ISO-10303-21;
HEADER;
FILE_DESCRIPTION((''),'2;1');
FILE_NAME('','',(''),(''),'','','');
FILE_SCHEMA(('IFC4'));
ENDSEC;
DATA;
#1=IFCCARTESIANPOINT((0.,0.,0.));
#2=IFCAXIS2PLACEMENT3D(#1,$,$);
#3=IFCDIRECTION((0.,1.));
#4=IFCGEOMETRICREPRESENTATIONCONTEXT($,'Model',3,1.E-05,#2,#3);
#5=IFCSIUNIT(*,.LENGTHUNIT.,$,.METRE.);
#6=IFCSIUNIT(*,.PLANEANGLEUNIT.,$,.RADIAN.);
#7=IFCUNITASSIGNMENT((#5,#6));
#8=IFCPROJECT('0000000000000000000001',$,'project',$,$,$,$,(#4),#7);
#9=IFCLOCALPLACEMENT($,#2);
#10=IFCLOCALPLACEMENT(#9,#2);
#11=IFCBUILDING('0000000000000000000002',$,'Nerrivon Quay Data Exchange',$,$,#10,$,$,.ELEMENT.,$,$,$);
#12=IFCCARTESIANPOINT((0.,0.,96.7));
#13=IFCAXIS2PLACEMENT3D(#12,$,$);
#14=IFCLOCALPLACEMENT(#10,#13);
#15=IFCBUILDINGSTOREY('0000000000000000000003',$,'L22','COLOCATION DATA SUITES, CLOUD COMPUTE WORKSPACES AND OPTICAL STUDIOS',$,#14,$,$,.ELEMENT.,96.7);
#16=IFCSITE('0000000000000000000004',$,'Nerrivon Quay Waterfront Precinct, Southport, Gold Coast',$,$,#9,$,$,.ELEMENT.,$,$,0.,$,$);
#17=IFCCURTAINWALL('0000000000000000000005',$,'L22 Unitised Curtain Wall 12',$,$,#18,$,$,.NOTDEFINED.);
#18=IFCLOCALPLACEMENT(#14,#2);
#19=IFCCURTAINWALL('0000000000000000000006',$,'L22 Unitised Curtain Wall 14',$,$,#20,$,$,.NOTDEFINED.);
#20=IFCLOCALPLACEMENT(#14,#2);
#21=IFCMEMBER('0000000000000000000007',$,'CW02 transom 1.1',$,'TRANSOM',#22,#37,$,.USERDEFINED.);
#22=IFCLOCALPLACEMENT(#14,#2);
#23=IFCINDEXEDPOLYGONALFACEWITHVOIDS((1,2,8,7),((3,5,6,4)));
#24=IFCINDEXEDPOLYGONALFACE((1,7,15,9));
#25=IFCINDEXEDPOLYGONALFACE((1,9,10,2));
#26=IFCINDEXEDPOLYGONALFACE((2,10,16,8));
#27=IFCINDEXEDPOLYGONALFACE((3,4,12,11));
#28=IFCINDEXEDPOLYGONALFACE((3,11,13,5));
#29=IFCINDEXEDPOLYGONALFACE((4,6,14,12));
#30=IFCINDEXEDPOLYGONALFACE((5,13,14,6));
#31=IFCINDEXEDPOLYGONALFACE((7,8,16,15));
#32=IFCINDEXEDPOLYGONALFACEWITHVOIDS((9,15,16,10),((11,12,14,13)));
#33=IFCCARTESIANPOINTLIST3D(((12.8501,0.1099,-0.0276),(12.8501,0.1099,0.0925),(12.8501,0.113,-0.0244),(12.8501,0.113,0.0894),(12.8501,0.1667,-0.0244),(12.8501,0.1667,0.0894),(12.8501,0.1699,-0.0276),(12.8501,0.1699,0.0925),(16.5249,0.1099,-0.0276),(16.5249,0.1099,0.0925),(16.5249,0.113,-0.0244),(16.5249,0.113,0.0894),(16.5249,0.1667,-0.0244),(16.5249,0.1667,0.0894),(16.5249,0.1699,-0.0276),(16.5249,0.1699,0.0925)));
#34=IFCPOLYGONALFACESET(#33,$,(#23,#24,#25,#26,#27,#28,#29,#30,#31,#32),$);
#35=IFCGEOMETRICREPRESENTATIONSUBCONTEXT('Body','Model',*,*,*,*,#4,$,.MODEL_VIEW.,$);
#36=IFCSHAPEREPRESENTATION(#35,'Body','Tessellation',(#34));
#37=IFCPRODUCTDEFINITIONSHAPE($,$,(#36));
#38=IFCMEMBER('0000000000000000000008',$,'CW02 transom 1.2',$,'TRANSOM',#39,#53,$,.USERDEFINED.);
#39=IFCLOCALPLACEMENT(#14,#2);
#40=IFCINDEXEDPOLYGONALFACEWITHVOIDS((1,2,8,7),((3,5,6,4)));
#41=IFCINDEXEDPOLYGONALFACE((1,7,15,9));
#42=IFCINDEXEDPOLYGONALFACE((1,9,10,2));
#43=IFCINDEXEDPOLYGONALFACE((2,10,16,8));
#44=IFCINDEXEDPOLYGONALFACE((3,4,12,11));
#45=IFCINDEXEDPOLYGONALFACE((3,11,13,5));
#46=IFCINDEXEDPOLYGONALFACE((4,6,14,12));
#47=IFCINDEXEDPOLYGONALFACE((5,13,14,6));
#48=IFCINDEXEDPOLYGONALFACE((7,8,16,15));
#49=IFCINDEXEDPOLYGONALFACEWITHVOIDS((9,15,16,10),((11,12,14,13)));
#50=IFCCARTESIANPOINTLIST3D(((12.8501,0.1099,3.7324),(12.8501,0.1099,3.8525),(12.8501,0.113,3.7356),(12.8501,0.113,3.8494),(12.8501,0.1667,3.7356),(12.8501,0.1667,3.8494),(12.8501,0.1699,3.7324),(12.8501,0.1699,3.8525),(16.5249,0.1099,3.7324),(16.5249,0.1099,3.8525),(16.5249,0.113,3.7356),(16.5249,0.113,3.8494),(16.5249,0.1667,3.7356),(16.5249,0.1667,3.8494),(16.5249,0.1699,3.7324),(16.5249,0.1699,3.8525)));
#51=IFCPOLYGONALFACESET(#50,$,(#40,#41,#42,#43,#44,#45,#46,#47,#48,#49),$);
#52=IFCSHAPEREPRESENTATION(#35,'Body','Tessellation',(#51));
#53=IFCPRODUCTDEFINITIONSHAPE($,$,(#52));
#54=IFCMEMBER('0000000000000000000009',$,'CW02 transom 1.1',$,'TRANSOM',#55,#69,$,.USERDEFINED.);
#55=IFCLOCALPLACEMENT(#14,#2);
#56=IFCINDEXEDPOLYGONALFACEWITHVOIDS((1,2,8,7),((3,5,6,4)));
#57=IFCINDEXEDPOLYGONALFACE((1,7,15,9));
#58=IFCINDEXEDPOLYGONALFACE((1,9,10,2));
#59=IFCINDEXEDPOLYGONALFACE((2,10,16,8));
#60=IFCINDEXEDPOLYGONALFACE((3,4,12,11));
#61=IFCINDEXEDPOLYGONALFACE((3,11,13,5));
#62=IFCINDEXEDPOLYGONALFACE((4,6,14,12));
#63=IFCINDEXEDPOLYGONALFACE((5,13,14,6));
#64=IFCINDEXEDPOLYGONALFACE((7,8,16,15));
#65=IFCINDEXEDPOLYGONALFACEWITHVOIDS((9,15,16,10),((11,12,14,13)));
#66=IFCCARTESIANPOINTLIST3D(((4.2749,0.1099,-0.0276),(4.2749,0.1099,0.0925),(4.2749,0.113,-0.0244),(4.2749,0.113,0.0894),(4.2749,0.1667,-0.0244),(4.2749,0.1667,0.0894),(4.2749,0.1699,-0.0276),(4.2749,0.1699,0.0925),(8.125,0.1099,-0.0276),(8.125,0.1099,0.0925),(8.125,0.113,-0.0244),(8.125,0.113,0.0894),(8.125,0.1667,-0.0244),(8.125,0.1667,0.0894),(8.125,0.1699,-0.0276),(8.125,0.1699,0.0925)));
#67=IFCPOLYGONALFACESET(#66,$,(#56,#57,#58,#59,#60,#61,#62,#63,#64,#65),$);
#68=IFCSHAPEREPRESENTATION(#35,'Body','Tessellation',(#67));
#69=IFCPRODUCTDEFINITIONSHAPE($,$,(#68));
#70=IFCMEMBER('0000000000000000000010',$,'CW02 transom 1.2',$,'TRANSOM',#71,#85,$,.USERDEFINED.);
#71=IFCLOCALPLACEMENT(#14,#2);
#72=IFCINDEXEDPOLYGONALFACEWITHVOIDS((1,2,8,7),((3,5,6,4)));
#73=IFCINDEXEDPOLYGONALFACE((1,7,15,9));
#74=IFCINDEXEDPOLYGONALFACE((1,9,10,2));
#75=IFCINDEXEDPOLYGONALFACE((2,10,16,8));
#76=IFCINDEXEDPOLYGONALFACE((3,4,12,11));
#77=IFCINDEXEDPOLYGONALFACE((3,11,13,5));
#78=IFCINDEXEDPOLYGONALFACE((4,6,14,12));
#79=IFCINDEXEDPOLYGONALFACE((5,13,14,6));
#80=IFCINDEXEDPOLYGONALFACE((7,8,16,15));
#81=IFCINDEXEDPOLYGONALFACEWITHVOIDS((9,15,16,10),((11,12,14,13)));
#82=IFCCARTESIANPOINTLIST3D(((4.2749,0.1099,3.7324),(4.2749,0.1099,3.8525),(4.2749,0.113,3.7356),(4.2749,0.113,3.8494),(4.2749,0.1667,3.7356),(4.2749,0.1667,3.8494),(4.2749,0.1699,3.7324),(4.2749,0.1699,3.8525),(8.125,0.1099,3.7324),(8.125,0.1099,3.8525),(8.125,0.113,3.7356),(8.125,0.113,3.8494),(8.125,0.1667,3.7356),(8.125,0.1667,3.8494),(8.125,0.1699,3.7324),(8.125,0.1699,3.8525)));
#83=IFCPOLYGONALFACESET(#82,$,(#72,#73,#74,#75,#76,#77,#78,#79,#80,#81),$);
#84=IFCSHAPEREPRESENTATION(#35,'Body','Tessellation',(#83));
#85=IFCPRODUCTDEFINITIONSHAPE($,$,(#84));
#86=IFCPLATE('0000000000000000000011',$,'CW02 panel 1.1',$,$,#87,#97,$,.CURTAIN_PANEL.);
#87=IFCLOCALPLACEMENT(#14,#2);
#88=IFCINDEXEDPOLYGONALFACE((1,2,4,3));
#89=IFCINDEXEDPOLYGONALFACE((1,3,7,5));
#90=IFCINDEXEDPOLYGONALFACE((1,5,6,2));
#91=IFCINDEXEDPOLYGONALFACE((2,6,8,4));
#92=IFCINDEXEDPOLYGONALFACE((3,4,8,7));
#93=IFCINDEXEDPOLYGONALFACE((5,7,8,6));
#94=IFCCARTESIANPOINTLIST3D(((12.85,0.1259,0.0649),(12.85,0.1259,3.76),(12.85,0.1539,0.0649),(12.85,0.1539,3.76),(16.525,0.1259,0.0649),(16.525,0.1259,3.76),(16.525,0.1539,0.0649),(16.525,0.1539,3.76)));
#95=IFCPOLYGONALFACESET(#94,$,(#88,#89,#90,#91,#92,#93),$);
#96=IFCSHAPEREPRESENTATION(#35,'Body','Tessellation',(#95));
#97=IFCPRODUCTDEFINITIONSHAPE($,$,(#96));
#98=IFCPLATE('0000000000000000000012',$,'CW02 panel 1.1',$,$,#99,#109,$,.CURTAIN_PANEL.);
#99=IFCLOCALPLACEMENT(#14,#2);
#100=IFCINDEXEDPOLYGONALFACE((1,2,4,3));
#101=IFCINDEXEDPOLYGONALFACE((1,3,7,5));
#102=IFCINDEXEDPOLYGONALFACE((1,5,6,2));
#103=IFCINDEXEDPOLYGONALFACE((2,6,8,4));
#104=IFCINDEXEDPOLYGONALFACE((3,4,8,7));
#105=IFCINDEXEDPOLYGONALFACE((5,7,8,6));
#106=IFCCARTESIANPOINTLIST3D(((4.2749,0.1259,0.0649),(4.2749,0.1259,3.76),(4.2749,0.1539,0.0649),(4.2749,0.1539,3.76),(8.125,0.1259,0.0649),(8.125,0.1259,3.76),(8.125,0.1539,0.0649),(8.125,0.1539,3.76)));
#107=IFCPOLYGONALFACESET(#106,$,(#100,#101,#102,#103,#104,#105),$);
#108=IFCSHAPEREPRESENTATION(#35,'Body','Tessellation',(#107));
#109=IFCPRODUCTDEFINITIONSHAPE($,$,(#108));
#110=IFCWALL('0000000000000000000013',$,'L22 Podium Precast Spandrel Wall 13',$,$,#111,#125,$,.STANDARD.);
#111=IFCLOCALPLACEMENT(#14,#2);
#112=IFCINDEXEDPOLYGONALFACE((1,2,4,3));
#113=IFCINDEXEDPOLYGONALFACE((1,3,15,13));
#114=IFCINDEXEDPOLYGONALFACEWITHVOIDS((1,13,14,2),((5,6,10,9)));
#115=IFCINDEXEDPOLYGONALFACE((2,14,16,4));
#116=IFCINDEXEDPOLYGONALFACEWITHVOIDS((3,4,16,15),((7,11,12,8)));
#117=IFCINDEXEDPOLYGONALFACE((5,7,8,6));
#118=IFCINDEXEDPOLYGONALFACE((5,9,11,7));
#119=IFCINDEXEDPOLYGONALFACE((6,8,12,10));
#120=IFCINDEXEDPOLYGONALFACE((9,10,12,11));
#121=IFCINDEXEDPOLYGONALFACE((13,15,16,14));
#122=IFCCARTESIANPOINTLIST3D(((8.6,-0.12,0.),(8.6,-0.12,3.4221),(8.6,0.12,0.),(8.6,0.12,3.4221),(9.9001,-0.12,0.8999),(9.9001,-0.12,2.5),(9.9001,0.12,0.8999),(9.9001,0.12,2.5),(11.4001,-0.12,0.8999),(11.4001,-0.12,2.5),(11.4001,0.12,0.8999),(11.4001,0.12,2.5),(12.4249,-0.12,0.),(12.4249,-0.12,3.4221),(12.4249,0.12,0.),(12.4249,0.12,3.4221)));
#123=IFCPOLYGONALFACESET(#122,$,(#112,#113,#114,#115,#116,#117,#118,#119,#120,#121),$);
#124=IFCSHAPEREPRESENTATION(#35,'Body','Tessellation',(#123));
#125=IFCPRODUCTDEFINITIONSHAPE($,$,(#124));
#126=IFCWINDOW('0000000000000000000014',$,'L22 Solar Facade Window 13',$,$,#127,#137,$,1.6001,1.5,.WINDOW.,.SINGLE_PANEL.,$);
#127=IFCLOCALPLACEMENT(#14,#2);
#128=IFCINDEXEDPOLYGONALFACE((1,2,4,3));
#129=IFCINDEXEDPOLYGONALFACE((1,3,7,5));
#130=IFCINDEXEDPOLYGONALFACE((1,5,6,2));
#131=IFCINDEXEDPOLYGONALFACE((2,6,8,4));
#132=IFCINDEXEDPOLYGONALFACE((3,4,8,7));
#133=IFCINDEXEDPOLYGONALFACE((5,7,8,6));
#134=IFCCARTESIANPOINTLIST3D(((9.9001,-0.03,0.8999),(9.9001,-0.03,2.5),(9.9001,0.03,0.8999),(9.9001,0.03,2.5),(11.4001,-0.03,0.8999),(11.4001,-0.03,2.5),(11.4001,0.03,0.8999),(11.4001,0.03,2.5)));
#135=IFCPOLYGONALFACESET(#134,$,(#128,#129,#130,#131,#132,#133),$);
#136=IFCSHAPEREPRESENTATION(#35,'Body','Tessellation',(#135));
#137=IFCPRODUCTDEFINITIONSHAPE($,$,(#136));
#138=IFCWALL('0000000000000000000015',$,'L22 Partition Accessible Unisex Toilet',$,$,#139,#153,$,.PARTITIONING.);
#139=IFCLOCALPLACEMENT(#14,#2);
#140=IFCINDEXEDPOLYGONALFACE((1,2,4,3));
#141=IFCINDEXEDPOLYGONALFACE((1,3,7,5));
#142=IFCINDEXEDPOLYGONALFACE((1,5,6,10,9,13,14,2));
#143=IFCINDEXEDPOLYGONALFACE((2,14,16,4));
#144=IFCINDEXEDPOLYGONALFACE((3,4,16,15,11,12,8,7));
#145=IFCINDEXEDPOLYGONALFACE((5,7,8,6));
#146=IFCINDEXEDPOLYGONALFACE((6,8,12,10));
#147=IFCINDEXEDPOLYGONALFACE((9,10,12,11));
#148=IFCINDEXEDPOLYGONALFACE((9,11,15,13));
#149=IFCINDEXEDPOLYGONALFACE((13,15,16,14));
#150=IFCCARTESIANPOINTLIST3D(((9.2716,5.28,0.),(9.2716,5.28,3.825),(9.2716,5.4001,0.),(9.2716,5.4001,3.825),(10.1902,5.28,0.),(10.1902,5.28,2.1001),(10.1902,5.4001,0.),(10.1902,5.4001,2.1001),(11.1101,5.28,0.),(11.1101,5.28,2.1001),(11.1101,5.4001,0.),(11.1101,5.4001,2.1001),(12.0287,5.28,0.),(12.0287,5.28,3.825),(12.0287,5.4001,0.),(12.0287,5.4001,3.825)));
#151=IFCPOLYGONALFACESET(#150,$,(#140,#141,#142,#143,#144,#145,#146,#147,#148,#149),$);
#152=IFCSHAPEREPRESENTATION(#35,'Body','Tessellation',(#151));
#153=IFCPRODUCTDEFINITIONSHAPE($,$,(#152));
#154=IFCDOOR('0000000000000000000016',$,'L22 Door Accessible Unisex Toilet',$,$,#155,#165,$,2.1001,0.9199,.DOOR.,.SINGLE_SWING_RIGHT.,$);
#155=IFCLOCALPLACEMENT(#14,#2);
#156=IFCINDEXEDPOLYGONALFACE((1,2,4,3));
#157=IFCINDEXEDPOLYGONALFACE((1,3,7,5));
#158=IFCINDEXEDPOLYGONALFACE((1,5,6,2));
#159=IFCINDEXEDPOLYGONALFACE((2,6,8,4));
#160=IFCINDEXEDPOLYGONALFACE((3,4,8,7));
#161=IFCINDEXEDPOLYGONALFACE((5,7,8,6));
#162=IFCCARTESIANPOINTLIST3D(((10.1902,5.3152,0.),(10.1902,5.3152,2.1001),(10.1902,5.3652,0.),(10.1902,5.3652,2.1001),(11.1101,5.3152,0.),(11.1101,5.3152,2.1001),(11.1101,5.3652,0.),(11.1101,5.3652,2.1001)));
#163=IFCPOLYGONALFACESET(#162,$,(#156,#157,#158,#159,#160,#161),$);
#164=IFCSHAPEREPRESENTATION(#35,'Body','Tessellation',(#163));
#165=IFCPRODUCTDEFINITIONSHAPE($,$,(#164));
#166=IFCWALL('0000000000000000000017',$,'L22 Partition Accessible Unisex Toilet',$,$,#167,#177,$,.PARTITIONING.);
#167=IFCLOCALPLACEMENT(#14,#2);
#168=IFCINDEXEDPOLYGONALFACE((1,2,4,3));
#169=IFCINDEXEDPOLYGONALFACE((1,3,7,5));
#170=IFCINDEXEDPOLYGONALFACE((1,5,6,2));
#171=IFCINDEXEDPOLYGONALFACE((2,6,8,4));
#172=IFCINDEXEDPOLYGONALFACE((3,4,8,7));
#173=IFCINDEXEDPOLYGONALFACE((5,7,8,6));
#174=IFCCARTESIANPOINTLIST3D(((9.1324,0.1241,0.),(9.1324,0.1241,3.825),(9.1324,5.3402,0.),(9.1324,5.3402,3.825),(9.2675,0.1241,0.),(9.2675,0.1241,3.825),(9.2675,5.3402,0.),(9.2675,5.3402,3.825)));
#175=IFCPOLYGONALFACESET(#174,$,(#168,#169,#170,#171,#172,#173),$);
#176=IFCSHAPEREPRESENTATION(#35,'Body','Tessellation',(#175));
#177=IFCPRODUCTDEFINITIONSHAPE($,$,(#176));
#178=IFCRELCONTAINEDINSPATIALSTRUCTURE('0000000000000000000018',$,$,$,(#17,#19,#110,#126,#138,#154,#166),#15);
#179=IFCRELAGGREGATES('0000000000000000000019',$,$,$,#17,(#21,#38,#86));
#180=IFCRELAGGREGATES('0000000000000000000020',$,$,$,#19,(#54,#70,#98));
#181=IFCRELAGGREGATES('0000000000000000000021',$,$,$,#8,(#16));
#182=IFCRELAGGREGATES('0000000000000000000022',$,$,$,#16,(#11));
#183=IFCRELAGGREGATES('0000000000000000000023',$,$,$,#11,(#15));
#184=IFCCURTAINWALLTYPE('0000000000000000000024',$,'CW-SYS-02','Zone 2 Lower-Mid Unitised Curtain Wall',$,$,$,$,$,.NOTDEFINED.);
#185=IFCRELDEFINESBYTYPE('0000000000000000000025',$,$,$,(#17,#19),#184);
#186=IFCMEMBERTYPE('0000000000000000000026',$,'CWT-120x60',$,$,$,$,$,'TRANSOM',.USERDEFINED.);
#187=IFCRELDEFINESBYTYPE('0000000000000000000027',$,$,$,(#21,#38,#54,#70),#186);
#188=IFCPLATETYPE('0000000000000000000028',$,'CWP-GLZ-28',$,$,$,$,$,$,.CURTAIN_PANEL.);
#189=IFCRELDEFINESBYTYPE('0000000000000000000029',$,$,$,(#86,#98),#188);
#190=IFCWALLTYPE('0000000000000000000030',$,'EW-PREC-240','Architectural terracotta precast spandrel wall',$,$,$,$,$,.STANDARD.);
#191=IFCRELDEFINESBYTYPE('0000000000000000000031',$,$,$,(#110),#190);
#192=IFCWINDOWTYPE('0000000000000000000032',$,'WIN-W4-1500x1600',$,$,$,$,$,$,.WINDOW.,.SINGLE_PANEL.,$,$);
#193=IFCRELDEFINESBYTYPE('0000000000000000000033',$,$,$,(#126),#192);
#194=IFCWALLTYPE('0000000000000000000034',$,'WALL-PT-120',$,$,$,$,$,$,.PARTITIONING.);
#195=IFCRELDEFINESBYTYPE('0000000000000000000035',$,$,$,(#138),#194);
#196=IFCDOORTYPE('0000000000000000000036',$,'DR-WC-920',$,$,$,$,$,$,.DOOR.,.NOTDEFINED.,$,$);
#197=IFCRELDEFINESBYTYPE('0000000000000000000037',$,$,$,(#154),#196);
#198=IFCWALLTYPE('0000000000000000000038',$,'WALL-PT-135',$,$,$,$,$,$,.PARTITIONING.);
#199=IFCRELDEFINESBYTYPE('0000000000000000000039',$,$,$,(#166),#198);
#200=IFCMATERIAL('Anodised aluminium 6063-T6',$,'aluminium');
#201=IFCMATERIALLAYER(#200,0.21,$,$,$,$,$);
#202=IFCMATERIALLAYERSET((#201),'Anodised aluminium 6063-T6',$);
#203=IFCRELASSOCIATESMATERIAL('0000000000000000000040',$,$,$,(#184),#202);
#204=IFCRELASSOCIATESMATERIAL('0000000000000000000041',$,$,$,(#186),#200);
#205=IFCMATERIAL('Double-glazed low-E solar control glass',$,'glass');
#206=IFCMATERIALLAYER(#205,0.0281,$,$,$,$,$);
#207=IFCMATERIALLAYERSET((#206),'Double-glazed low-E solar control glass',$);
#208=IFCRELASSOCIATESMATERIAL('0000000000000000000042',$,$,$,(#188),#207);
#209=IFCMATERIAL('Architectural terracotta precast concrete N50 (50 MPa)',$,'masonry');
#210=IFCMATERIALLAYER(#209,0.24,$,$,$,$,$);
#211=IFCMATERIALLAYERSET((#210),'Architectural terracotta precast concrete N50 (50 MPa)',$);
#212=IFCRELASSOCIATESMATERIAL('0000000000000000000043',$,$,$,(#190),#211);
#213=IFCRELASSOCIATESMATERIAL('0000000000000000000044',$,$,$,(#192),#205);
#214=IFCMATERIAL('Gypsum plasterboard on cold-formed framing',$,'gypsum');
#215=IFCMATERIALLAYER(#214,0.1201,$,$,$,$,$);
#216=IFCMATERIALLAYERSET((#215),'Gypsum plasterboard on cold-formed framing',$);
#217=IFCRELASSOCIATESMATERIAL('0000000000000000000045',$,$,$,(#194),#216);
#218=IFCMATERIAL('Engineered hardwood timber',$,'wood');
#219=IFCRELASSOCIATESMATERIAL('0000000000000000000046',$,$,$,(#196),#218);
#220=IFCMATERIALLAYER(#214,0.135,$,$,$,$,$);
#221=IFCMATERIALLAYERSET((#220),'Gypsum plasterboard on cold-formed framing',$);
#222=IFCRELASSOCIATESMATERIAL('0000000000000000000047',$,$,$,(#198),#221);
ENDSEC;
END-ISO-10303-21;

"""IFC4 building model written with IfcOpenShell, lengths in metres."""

from ifc_helpers import new_model, si_unit, direction, frame, frame_2d, origin, origin_2d, place, context, subcontext, project, spatial, rectangle, hollow_rectangle, extrude, material, layer, layer_set, material_profile, profile_set, type_object, element, fill, aggregate, save


model = new_model("IFC4")

# Units and contexts
model_context = context("Model", 3, precision=1e-05, world=origin(), true_north=direction((0.0, 1.0)))
body_context = subcontext(model_context, "Body", "Model", "MODEL_VIEW")
ifc_project = project(units=[si_unit("LENGTHUNIT", "METRE"), si_unit("PLANEANGLEUNIT", "RADIAN")], contexts=[model_context])

# Site, building, storey
site_placement = place(None, origin())
site = spatial("IfcSite", under=ifc_project, at=site_placement, Name="Nerrivon Quay Waterfront Precinct, Southport, Gold Coast", CompositionType="ELEMENT", RefElevation=0.0)
building_placement = place(site_placement, origin())
building = spatial("IfcBuilding", under=site, at=building_placement, Name="Nerrivon Quay Data Exchange", CompositionType="ELEMENT")
storey_placement = place(building_placement, frame((0.0, 0.0, 96.7)))
storey = spatial("IfcBuildingStorey", under=building, at=storey_placement, Name="L22", Description="COLOCATION DATA SUITES, CLOUD COMPUTE WORKSPACES AND OPTICAL STUDIOS", CompositionType="ELEMENT", Elevation=96.7)

# Curtain wall
ifc_material_1 = material(Name="Anodised aluminium 6063-T6", Category="aluminium")
ifc_layer_1 = layer(ifc_material_1, 0.21)
ifc_layer_set_1 = layer_set([ifc_layer_1], Name="Anodised aluminium 6063-T6")
curtain_wall_type = type_object("IfcCurtainWallType", Name="CW-SYS-02", Description="Zone 2 Lower-Mid Unitised Curtain Wall", PredefinedType="NOTDEFINED", material=ifc_layer_set_1)
curtain_wall_1_placement = place(storey_placement, origin())
curtain_wall_1 = element("IfcCurtainWall", 1, at=curtain_wall_1_placement, inside=storey, type_object=curtain_wall_type, Name="L22 Unitised Curtain Wall 12", PredefinedType="NOTDEFINED")

# Curtain wall
curtain_wall_2_placement = place(storey_placement, origin())
curtain_wall_2 = element("IfcCurtainWall", 2, at=curtain_wall_2_placement, inside=storey, type_object=curtain_wall_type, Name="L22 Unitised Curtain Wall 14", PredefinedType="NOTDEFINED")

# Members
ifc_material_profile_1 = material_profile(ifc_material_1, hollow_rectangle(XDim=0.0601, YDim=0.1201, WallThickness=0.0032, at=origin_2d()), Name="ALU-TRAN-120x60")
ifc_profile_set_1 = profile_set([ifc_material_profile_1], Name="Anodised aluminium 6063-T6")
member_type_1 = type_object("IfcMemberType", Name="CWT-120x60", ElementType="TRANSOM", PredefinedType="USERDEFINED", material=ifc_profile_set_1)
member_1_placement = place(storey_placement, frame((16.5249, 0.1399, 0.0325), z_axis=(-1.0, 0.0, 0.0), x_axis=(0.0, -1.0, 0.0)))
member_1 = element("IfcMember", 3, at=member_1_placement, type_object=member_type_1, Name="CW02 transom 1.1", ObjectType="TRANSOM", PredefinedType="USERDEFINED", context=body_context, shape_type="SweptSolid", body=[
    extrude(hollow_rectangle(XDim=0.0601, YDim=0.1201, WallThickness=0.0032, at=origin_2d()), origin(), (0.0, 0.0, 1.0), 3.6748),
])
member_2_placement = place(storey_placement, frame((16.5249, 0.1399, 3.7925), z_axis=(-1.0, 0.0, 0.0), x_axis=(0.0, -1.0, 0.0)))
member_2 = element("IfcMember", 4, at=member_2_placement, type_object=member_type_1, Name="CW02 transom 1.2", ObjectType="TRANSOM", PredefinedType="USERDEFINED", context=body_context, shape_type="SweptSolid", body=[
    extrude(hollow_rectangle(XDim=0.0601, YDim=0.1201, WallThickness=0.0032, at=origin_2d()), origin(), (0.0, 0.0, 1.0), 3.6748),
])
member_3_placement = place(storey_placement, frame((8.125, 0.1399, 0.0325), z_axis=(-1.0, 0.0, 0.0), x_axis=(0.0, -1.0, 0.0)))
member_3 = element("IfcMember", 5, at=member_3_placement, type_object=member_type_1, Name="CW02 transom 1.1", ObjectType="TRANSOM", PredefinedType="USERDEFINED", context=body_context, shape_type="SweptSolid", body=[
    extrude(hollow_rectangle(XDim=0.0601, YDim=0.1201, WallThickness=0.0032, at=origin_2d()), origin(), (0.0, 0.0, 1.0), 3.8501),
])
member_4_placement = place(storey_placement, frame((8.125, 0.1399, 3.7925), z_axis=(-1.0, 0.0, 0.0), x_axis=(0.0, -1.0, 0.0)))
member_4 = element("IfcMember", 6, at=member_4_placement, type_object=member_type_1, Name="CW02 transom 1.2", ObjectType="TRANSOM", PredefinedType="USERDEFINED", context=body_context, shape_type="SweptSolid", body=[
    extrude(hollow_rectangle(XDim=0.0601, YDim=0.1201, WallThickness=0.0032, at=origin_2d()), origin(), (0.0, 0.0, 1.0), 3.8501),
])

# Plates
ifc_material_2 = material(Name="Double-glazed low-E solar control glass", Category="glass")
ifc_layer_2 = layer(ifc_material_2, 0.0281)
ifc_layer_set_2 = layer_set([ifc_layer_2], Name="Double-glazed low-E solar control glass")
plate_type = type_object("IfcPlateType", Name="CWP-GLZ-28", PredefinedType="CURTAIN_PANEL", material=ifc_layer_set_2)
plate_1_placement = place(storey_placement, frame((14.6875, 0.1399, 0.0649), z_axis=(0.0, 0.0, 1.0), x_axis=(-1.0, 0.0, 0.0)))
plate_1 = element("IfcPlate", 7, at=plate_1_placement, type_object=plate_type, Name="CW02 panel 1.1", PredefinedType="CURTAIN_PANEL", context=body_context, shape_type="SweptSolid", body=[
    extrude(rectangle(XDim=3.675, YDim=0.0281, at=origin_2d()), origin(), (0.0, 0.0, 1.0), 3.6951),
])
aggregate(curtain_wall_1, [member_1, member_2, plate_1])
plate_2_placement = place(storey_placement, frame((6.2, 0.1399, 0.0649), z_axis=(0.0, 0.0, 1.0), x_axis=(-1.0, 0.0, 0.0)))
plate_2 = element("IfcPlate", 8, at=plate_2_placement, type_object=plate_type, Name="CW02 panel 1.1", PredefinedType="CURTAIN_PANEL", context=body_context, shape_type="SweptSolid", body=[
    extrude(rectangle(XDim=3.8501, YDim=0.0281, at=origin_2d()), origin(), (0.0, 0.0, 1.0), 3.6951),
])
aggregate(curtain_wall_2, [member_3, member_4, plate_2])

# Wall, opening, window
ifc_material_3 = material(Name="Architectural terracotta precast concrete N50 (50 MPa)", Category="masonry")
ifc_layer_3 = layer(ifc_material_3, 0.24)
ifc_layer_set_3 = layer_set([ifc_layer_3], Name="Architectural terracotta precast concrete N50 (50 MPa)")
wall_type_1 = type_object("IfcWallType", Name="EW-PREC-240", Description="Architectural terracotta precast spandrel wall", PredefinedType="STANDARD", material=ifc_layer_set_3)
wall_1_placement = place(storey_placement, frame((12.425, 0.0, 0.0), z_axis=(0.0, 0.0, 1.0), x_axis=(-1.0, 0.0, 0.0)))
wall_1 = element("IfcWall", 9, at=wall_1_placement, inside=storey, type_object=wall_type_1, Name="L22 Podium Precast Spandrel Wall 13", PredefinedType="STANDARD", context=body_context, shape_type="SweptSolid", body=[
    extrude(rectangle(XDim=3.825, YDim=0.24, at=frame_2d((1.9126, 0.0))), origin(), (0.0, 0.0, 1.0), 3.4221),
])
opening_1_placement = place(wall_1_placement, frame((1.0249, 0.0, 0.8999)))
opening_1 = element("IfcOpeningElement", 10, at=opening_1_placement, cuts=wall_1, PredefinedType="OPENING", context=body_context, shape_type="SweptSolid", body=[
    extrude(rectangle(XDim=1.5, YDim=1.6001, at=frame_2d((0.75, 0.8))), frame((0.0, 0.1299, 0.0), z_axis=(0.0, -1.0, 0.0), x_axis=(1.0, 0.0, 0.0)), (0.0, 0.0, 1.0), 0.26),
])
window_type = type_object("IfcWindowType", Name="WIN-W4-1500x1600", PartitioningType="SINGLE_PANEL", PredefinedType="WINDOW", material=ifc_material_2)
window_placement = place(opening_1_placement, origin())
window = element("IfcWindow", 11, at=window_placement, inside=storey, type_object=window_type, Name="L22 Solar Facade Window 13", OverallHeight=1.6001, OverallWidth=1.5, PartitioningType="SINGLE_PANEL", PredefinedType="WINDOW", context=body_context, shape_type="SweptSolid", body=[
    extrude(rectangle(XDim=1.5, YDim=1.6001, at=frame_2d((0.75, 0.8))), frame((0.0, 0.03, 0.0), z_axis=(0.0, -1.0, 0.0), x_axis=(1.0, 0.0, 0.0)), (0.0, 0.0, 1.0), 0.0601),
])
fill(opening_1, window)

# Wall, opening, door
ifc_material_4 = material(Name="Gypsum plasterboard on cold-formed framing", Category="gypsum")
ifc_layer_4 = layer(ifc_material_4, 0.1201)
ifc_layer_set_4 = layer_set([ifc_layer_4], Name="Gypsum plasterboard on cold-formed framing")
wall_type_2 = type_object("IfcWallType", Name="WALL-PT-120", PredefinedType="PARTITIONING", material=ifc_layer_set_4)
wall_2_placement = place(storey_placement, frame((12.0286, 5.3401, 0.0), z_axis=(0.0, 0.0, 1.0), x_axis=(-1.0, 0.0, 0.0)))
wall_2 = element("IfcWall", 12, at=wall_2_placement, inside=storey, type_object=wall_type_2, Name="L22 Partition Accessible Unisex Toilet", PredefinedType="PARTITIONING", context=body_context, shape_type="SweptSolid", body=[
    extrude(rectangle(XDim=2.7571, YDim=0.1201, at=frame_2d((1.3784, 0.0))), origin(), (0.0, 0.0, 1.0), 3.825),
])
opening_2_placement = place(wall_2_placement, frame((0.9185, 0.0, 0.0)))
opening_2 = element("IfcOpeningElement", 13, at=opening_2_placement, cuts=wall_2, PredefinedType="OPENING", context=body_context, shape_type="SweptSolid", body=[
    extrude(rectangle(XDim=0.9199, YDim=2.1001, at=frame_2d((0.46, 1.05))), frame((0.0, 0.0701, 0.0), z_axis=(0.0, -1.0, 0.0), x_axis=(1.0, 0.0, 0.0)), (0.0, 0.0, 1.0), 0.1401),
])
ifc_material_5 = material(Name="Engineered hardwood timber", Category="wood")
door_type = type_object("IfcDoorType", Name="DR-WC-920", OperationType="NOTDEFINED", PredefinedType="DOOR", material=ifc_material_5)
door_placement = place(opening_2_placement, origin())
door = element("IfcDoor", 14, at=door_placement, inside=storey, type_object=door_type, Name="L22 Door Accessible Unisex Toilet", OperationType="SINGLE_SWING_RIGHT", OverallHeight=2.1001, OverallWidth=0.9199, PredefinedType="DOOR", context=body_context, shape_type="SweptSolid", body=[
    extrude(rectangle(XDim=0.9199, YDim=2.1001, at=frame_2d((0.46, 1.05))), frame((0.0, 0.0249, 0.0), z_axis=(0.0, -1.0, 0.0), x_axis=(1.0, 0.0, 0.0)), (0.0, 0.0, 1.0), 0.05),
])
fill(opening_2, door)

# Wall
ifc_layer_5 = layer(ifc_material_4, 0.135)
ifc_layer_set_5 = layer_set([ifc_layer_5], Name="Gypsum plasterboard on cold-formed framing")
wall_type_3 = type_object("IfcWallType", Name="WALL-PT-135", PredefinedType="PARTITIONING", material=ifc_layer_set_5)
for number, where, z_axis, x_axis, name in (
    (15, (9.2, 5.3401, 0.0), (0.0, 0.0, 1.0), (0.0, -1.0, 0.0), "L22 Partition Accessible Unisex Toilet"),
):
    element("IfcWall", number, at=place(storey_placement, frame(where, z_axis=z_axis, x_axis=x_axis)), inside=storey, type_object=wall_type_3, Name=name, PredefinedType="PARTITIONING", context=body_context, shape_type="SweptSolid", body=[
        extrude(rectangle(XDim=5.2161, YDim=0.135, at=frame_2d((2.6079, 0.0))), origin(), (0.0, 0.0, 1.0), 3.825),
    ])

save(model, "model.ifc")
